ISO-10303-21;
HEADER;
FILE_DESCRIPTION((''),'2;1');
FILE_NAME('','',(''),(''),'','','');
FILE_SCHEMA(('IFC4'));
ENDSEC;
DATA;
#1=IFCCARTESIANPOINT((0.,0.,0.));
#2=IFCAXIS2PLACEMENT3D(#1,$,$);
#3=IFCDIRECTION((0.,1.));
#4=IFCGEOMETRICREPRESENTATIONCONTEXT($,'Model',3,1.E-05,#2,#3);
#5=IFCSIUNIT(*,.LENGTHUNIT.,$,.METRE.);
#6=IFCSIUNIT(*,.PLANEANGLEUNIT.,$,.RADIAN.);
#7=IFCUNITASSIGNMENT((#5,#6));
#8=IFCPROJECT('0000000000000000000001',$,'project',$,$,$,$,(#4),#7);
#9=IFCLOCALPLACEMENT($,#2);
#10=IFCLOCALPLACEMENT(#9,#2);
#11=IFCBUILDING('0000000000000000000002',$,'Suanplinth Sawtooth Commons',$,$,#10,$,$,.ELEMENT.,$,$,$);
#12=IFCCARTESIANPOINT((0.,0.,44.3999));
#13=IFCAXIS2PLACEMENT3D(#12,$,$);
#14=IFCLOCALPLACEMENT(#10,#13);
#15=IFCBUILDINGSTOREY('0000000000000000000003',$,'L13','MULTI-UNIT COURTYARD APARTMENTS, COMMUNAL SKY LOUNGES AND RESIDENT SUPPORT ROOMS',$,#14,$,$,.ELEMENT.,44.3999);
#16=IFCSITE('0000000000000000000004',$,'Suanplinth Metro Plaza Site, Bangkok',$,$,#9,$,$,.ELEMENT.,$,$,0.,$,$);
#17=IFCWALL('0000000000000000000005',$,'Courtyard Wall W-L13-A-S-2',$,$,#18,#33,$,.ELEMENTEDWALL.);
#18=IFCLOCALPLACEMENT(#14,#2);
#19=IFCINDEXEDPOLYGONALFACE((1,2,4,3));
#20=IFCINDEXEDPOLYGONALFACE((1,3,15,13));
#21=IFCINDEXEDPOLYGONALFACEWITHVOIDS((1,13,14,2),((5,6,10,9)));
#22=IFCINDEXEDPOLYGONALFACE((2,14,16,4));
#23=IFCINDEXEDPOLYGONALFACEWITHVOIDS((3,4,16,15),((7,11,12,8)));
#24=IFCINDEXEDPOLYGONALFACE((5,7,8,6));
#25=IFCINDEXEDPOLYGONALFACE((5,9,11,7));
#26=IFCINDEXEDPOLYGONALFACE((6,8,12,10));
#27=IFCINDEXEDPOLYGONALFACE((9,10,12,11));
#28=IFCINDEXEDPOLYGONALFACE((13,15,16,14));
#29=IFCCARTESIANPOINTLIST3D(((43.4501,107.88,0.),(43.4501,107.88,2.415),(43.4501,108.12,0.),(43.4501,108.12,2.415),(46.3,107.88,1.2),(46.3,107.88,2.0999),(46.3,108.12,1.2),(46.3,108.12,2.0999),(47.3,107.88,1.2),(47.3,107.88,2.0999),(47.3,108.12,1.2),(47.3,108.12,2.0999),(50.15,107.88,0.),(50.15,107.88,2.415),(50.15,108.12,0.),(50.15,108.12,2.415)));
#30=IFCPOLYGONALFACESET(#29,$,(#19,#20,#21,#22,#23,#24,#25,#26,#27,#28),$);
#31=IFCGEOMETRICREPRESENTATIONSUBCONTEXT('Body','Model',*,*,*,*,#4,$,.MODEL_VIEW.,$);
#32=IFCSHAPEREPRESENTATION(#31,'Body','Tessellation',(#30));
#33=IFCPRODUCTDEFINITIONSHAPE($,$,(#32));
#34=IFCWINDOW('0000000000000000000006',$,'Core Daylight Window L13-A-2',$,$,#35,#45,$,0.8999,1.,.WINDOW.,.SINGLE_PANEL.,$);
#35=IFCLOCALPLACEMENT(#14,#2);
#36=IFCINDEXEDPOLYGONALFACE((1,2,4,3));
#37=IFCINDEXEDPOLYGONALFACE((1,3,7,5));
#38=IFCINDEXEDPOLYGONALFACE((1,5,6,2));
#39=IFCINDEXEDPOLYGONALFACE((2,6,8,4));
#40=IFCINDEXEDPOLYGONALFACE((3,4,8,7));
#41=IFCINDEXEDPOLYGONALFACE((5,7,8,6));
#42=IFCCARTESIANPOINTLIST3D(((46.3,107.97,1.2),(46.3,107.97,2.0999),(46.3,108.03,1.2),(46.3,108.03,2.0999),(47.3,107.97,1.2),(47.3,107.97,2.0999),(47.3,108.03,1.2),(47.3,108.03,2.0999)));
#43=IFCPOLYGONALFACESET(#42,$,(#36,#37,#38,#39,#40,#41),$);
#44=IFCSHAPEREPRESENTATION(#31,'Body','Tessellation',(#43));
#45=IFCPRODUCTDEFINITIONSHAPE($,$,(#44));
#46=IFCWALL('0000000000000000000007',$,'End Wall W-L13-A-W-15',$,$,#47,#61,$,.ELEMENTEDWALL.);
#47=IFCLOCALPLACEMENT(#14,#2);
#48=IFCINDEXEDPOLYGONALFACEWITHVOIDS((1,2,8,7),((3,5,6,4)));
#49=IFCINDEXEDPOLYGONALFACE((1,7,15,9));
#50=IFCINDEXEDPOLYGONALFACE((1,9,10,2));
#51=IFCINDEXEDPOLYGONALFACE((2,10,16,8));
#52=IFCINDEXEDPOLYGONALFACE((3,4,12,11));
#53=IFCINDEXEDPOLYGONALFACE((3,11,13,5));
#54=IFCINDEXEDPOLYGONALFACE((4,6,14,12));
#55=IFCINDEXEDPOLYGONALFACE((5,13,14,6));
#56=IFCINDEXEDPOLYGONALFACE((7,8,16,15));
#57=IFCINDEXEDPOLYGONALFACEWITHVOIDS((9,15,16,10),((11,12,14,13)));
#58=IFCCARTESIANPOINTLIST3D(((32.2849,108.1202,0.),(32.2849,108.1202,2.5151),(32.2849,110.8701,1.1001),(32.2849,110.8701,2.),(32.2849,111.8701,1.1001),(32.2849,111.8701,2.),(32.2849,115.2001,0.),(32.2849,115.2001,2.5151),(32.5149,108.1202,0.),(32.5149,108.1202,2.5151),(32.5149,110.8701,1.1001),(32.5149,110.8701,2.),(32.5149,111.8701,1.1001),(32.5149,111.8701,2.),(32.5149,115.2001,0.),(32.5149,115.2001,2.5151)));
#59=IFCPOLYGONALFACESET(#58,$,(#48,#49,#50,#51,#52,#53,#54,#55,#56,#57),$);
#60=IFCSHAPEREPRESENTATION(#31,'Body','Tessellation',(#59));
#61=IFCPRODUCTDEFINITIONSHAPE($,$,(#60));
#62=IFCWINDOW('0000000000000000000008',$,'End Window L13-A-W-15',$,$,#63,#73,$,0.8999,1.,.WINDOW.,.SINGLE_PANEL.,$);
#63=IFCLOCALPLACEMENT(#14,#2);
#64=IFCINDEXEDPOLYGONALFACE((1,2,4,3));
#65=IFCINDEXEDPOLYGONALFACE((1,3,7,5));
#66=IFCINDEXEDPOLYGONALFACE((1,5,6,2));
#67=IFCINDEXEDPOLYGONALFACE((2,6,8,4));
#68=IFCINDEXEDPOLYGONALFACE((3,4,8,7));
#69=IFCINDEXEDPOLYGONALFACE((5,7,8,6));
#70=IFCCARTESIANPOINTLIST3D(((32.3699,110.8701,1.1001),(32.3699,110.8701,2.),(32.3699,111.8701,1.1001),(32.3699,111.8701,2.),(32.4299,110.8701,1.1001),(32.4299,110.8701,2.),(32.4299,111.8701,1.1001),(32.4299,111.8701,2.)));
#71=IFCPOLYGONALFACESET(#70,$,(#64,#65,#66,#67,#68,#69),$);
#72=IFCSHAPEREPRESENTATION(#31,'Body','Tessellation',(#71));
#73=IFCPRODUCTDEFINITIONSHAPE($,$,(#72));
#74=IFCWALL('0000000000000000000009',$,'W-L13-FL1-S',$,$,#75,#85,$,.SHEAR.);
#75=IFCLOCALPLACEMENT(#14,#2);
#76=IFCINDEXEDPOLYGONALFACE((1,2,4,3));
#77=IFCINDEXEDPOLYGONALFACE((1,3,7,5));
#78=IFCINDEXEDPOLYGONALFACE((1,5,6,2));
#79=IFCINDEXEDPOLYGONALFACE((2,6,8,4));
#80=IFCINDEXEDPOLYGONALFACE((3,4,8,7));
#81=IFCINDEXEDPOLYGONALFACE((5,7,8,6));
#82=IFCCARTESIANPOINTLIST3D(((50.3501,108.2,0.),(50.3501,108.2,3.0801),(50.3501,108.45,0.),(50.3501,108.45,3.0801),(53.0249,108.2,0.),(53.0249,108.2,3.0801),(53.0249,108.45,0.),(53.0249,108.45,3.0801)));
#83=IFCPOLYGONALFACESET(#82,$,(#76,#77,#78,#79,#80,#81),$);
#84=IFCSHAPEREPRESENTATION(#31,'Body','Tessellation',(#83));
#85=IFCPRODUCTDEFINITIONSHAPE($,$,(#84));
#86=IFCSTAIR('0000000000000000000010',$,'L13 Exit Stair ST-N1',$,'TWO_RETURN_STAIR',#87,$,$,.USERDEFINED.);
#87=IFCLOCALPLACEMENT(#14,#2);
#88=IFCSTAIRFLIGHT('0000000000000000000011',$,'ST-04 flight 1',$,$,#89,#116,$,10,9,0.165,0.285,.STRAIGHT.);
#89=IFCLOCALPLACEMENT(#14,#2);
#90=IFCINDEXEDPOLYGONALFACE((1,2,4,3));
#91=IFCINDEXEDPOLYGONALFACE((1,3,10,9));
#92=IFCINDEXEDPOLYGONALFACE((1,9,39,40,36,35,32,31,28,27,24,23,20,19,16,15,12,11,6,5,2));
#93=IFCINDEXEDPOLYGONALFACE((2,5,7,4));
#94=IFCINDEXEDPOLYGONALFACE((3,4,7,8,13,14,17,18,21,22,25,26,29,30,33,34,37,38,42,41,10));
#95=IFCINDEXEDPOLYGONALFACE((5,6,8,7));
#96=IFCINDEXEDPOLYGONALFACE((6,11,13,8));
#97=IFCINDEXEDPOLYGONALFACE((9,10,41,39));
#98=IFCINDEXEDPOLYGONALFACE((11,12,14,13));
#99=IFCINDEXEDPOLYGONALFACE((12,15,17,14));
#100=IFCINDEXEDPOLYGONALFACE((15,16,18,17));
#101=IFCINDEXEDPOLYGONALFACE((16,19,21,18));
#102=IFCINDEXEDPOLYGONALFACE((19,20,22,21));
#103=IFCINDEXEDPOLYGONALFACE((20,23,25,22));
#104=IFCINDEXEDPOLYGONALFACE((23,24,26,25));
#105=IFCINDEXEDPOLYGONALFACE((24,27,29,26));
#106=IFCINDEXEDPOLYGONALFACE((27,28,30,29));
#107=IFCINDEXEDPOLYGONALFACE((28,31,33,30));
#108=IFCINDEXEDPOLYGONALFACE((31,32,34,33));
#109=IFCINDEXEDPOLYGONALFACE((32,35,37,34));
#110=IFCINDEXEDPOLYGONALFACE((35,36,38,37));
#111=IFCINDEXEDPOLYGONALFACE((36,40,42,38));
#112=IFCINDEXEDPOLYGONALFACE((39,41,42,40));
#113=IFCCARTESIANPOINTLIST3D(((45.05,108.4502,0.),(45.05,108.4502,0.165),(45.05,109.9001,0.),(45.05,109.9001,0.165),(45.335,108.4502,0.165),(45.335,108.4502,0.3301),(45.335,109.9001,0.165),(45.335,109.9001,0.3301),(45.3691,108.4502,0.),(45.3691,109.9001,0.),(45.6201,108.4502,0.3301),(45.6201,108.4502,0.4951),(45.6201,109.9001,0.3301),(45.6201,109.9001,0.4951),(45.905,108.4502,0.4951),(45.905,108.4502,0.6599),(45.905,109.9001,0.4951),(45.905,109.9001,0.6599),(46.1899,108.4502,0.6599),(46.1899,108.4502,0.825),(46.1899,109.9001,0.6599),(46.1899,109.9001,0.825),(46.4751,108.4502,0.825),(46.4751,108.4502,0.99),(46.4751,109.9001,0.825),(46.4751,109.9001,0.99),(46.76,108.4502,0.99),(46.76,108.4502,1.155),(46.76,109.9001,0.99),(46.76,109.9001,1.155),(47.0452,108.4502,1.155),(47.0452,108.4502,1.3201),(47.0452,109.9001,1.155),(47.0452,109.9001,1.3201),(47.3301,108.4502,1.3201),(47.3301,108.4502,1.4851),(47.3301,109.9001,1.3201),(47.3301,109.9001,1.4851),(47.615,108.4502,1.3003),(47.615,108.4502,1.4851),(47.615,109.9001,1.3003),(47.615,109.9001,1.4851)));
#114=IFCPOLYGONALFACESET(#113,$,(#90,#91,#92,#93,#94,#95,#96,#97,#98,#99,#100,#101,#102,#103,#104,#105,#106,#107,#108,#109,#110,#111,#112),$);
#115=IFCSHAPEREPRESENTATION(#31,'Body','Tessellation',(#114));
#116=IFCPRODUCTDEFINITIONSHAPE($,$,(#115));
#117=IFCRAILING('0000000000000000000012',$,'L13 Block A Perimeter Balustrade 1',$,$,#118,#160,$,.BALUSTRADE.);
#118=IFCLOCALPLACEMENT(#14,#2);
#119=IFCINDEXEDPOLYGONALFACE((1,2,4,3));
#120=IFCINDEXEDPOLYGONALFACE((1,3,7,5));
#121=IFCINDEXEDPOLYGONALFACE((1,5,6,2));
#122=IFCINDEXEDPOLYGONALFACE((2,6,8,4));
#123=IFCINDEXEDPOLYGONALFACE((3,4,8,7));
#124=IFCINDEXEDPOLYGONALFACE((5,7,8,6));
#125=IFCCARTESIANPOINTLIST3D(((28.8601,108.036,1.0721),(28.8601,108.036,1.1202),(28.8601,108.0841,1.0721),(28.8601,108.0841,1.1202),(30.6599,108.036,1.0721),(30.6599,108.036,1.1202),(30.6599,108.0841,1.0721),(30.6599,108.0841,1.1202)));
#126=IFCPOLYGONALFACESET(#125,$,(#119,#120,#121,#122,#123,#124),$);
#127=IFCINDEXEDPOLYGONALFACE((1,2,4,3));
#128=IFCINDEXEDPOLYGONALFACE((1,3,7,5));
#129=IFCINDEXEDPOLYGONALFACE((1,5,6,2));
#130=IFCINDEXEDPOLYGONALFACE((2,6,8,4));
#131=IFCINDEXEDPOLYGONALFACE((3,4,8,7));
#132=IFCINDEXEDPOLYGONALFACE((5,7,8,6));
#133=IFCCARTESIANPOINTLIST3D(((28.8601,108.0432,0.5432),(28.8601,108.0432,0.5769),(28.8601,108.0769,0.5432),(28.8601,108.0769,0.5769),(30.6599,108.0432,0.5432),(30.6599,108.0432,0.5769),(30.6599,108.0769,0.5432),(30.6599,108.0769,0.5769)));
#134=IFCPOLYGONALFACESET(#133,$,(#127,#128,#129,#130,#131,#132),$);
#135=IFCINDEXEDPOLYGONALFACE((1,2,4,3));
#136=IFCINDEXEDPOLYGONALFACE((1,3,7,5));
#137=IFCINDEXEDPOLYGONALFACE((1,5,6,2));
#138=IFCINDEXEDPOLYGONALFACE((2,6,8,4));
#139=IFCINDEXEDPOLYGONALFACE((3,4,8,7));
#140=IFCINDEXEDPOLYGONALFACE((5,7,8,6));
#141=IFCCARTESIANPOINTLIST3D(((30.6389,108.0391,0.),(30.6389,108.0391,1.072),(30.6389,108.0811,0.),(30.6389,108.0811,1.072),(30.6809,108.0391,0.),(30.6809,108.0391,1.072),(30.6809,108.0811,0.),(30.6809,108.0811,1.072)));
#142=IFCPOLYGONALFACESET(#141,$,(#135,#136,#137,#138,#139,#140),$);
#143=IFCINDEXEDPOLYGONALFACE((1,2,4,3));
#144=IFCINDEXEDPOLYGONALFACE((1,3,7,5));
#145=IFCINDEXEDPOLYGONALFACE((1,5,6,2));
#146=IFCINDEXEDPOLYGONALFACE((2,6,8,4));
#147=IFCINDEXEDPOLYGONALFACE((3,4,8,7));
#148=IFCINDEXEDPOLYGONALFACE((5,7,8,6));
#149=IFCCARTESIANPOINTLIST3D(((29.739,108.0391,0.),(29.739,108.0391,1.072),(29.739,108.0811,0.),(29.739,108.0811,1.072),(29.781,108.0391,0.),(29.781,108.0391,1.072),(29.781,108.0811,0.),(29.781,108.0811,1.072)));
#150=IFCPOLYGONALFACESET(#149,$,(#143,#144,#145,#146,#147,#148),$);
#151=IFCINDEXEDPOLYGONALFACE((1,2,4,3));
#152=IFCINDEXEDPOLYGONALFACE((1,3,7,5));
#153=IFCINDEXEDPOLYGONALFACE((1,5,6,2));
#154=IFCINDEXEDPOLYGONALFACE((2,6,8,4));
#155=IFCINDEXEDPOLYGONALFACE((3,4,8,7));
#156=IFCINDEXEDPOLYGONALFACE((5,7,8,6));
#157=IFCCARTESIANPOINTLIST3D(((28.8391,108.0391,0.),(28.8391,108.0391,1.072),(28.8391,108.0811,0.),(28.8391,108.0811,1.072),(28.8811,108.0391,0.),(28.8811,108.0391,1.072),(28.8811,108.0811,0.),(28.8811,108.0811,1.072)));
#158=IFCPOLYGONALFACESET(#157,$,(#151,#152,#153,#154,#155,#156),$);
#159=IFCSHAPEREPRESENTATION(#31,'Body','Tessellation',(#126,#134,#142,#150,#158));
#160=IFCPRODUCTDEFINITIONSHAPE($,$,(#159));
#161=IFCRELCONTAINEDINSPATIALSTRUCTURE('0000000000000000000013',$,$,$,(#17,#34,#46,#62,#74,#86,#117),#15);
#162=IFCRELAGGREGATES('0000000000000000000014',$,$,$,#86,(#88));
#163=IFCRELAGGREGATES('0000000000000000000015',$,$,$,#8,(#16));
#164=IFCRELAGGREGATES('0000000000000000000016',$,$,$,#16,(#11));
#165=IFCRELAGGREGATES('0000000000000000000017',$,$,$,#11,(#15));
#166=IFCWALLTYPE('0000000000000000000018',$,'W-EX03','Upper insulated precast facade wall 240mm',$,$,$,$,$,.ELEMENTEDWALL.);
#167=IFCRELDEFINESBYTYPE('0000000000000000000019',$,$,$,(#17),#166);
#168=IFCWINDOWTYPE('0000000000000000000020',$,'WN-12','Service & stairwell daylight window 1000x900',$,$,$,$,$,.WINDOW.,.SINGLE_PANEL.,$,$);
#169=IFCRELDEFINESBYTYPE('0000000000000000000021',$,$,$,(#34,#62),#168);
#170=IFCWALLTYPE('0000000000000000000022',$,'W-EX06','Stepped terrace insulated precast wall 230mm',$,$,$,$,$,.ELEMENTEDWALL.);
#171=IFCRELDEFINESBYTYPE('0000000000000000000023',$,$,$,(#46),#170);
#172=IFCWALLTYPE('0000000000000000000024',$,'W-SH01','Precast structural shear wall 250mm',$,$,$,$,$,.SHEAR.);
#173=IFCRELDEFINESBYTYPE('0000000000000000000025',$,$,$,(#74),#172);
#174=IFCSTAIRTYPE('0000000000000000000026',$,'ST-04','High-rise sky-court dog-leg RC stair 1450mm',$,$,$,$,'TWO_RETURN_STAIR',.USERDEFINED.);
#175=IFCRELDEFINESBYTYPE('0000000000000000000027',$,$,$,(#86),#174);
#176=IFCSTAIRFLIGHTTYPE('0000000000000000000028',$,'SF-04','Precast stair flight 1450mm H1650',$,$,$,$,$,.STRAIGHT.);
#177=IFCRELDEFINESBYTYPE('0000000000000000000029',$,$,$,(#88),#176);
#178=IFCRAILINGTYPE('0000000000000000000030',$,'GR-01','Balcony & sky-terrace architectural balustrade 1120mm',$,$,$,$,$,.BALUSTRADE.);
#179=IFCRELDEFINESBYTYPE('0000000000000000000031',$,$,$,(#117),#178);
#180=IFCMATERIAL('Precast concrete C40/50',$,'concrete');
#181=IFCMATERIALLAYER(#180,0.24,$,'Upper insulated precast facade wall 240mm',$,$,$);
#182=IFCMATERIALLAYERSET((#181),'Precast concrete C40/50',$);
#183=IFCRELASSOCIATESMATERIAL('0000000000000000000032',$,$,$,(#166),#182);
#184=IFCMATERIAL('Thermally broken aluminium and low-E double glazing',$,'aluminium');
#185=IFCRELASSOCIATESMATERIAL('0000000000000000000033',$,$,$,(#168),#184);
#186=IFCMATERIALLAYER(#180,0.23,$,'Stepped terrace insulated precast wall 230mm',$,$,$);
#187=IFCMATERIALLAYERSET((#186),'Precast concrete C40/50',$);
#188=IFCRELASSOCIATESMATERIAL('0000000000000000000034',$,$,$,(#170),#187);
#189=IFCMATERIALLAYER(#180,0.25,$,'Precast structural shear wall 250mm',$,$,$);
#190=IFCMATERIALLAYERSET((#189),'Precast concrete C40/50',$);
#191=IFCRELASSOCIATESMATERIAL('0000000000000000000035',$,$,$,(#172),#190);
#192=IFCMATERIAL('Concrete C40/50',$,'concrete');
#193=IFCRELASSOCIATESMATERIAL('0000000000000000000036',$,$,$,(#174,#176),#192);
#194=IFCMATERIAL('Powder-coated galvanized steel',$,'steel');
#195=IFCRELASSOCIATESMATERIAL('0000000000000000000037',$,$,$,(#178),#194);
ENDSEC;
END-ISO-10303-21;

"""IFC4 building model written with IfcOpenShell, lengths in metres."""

from ifc_helpers import new_model, si_unit, direction, frame, frame_2d, origin, origin_2d, place, context, subcontext, project, spatial, polyline, rectangle, outline, extrude, material, layer, layer_set, type_object, element, fill, aggregate, save


model = new_model("IFC4")

# Units and contexts
model_context = context("Model", 3, precision=1e-05, world=origin(), true_north=direction((0.0, 1.0)))
body_context = subcontext(model_context, "Body", "Model", "MODEL_VIEW")
ifc_project = project(units=[si_unit("LENGTHUNIT", "METRE"), si_unit("PLANEANGLEUNIT", "RADIAN")], contexts=[model_context])

# Site, building, storey
site_placement = place(None, origin())
site = spatial("IfcSite", under=ifc_project, at=site_placement, Name="Suanplinth Metro Plaza Site, Bangkok", CompositionType="ELEMENT", RefElevation=0.0)
building_placement = place(site_placement, origin())
building = spatial("IfcBuilding", under=site, at=building_placement, Name="Suanplinth Sawtooth Commons", CompositionType="ELEMENT")
storey_placement = place(building_placement, frame((0.0, 0.0, 44.3999)))
storey = spatial("IfcBuildingStorey", under=building, at=storey_placement, Name="L13", Description="MULTI-UNIT COURTYARD APARTMENTS, COMMUNAL SKY LOUNGES AND RESIDENT SUPPORT ROOMS", CompositionType="ELEMENT", Elevation=44.3999)

# Shared definitions
ifc_material_1 = material(Name="Precast concrete C40/50", Category="concrete")

# Shared definitions
ifc_material_2 = material(Name="Concrete C40/50", Category="concrete")

# Walls, openings, windows
ifc_layer_1 = layer(ifc_material_1, 0.24, Name="Upper insulated precast facade wall 240mm")
ifc_layer_set_1 = layer_set([ifc_layer_1], Name="Precast concrete C40/50")
wall_type_1 = type_object("IfcWallType", Name="W-EX03", Description="Upper insulated precast facade wall 240mm", PredefinedType="ELEMENTEDWALL", material=ifc_layer_set_1)
wall_1_placement = place(storey_placement, frame((43.45, 108.0, 0.0), z_axis=(0.0, 0.0, 1.0), x_axis=(1.0, 0.0, 0.0)))
wall_1 = element("IfcWall", 1, at=wall_1_placement, inside=storey, type_object=wall_type_1, Name="Courtyard Wall W-L13-A-S-2", PredefinedType="ELEMENTEDWALL", context=body_context, shape_type="SweptSolid", body=[
    extrude(rectangle(XDim=6.7, YDim=0.24, at=frame_2d((3.3501, 0.0))), origin(), (0.0, 0.0, 1.0), 2.415),
])
opening_1_placement = place(wall_1_placement, frame((2.8501, 0.0, 1.2)))
opening_1 = element("IfcOpeningElement", 2, at=opening_1_placement, cuts=wall_1, PredefinedType="OPENING", context=body_context, shape_type="SweptSolid", body=[
    extrude(rectangle(XDim=1.0, YDim=0.8999, at=frame_2d((0.5, 0.45))), frame((0.0, 0.1348, 0.0), z_axis=(0.0, -1.0, 0.0), x_axis=(1.0, 0.0, 0.0)), (0.0, 0.0, 1.0), 0.2698),
])
ifc_material_3 = material(Name="Thermally broken aluminium and low-E double glazing", Category="aluminium")
window_type = type_object("IfcWindowType", Name="WN-12", Description="Service & stairwell daylight window 1000x900", PartitioningType="SINGLE_PANEL", PredefinedType="WINDOW", material=ifc_material_3)
window_1_placement = place(opening_1_placement, origin())
window_1 = element("IfcWindow", 3, at=window_1_placement, inside=storey, type_object=window_type, Name="Core Daylight Window L13-A-2", OverallHeight=0.8999, OverallWidth=1.0, PartitioningType="SINGLE_PANEL", PredefinedType="WINDOW", context=body_context, shape_type="SweptSolid", body=[
    extrude(rectangle(XDim=1.0, YDim=0.8999, at=frame_2d((0.5, 0.45))), frame((0.0, 0.03, 0.0), z_axis=(0.0, -1.0, 0.0), x_axis=(1.0, 0.0, 0.0)), (0.0, 0.0, 1.0), 0.0601),
])
fill(opening_1, window_1)
ifc_layer_2 = layer(ifc_material_1, 0.23, Name="Stepped terrace insulated precast wall 230mm")
ifc_layer_set_2 = layer_set([ifc_layer_2], Name="Precast concrete C40/50")
wall_type_2 = type_object("IfcWallType", Name="W-EX06", Description="Stepped terrace insulated precast wall 230mm", PredefinedType="ELEMENTEDWALL", material=ifc_layer_set_2)
wall_2_placement = place(storey_placement, frame((32.3999, 108.1201, 0.0), z_axis=(0.0, 0.0, 1.0), x_axis=(0.0, 1.0, 0.0)))
wall_2 = element("IfcWall", 4, at=wall_2_placement, inside=storey, type_object=wall_type_2, Name="End Wall W-L13-A-W-15", PredefinedType="ELEMENTEDWALL", context=body_context, shape_type="SweptSolid", body=[
    extrude(rectangle(XDim=7.0798, YDim=0.23, at=frame_2d((3.54, 0.0))), origin(), (0.0, 0.0, 1.0), 2.5151),
])
opening_2_placement = place(wall_2_placement, frame((2.75, 0.0, 1.1001)))
opening_2 = element("IfcOpeningElement", 5, at=opening_2_placement, cuts=wall_2, PredefinedType="OPENING", context=body_context, shape_type="SweptSolid", body=[
    extrude(rectangle(XDim=1.0, YDim=0.8999, at=frame_2d((0.5, 0.45))), frame((0.0, 0.1299, 0.0), z_axis=(0.0, -1.0, 0.0), x_axis=(1.0, 0.0, 0.0)), (0.0, 0.0, 1.0), 0.2598),
])
window_2_placement = place(opening_2_placement, origin())
window_2 = element("IfcWindow", 6, at=window_2_placement, inside=storey, type_object=window_type, Name="End Window L13-A-W-15", OverallHeight=0.8999, OverallWidth=1.0, PartitioningType="SINGLE_PANEL", PredefinedType="WINDOW", context=body_context, shape_type="SweptSolid", body=[
    extrude(rectangle(XDim=1.0, YDim=0.8999, at=frame_2d((0.5, 0.45))), frame((0.0, 0.03, 0.0), z_axis=(0.0, -1.0, 0.0), x_axis=(1.0, 0.0, 0.0)), (0.0, 0.0, 1.0), 0.0601),
])
fill(opening_2, window_2)

# Wall
ifc_layer_3 = layer(ifc_material_1, 0.25, Name="Precast structural shear wall 250mm")
ifc_layer_set_3 = layer_set([ifc_layer_3], Name="Precast concrete C40/50")
wall_type_3 = type_object("IfcWallType", Name="W-SH01", Description="Precast structural shear wall 250mm", PredefinedType="SHEAR", material=ifc_layer_set_3)
wall_3_placement = place(storey_placement, frame((50.3501, 108.325, 0.0), z_axis=(0.0, 0.0, 1.0), x_axis=(1.0, 0.0, 0.0)))
element("IfcWall", 7, at=wall_3_placement, inside=storey, type_object=wall_type_3, Name="W-L13-FL1-S", PredefinedType="SHEAR", context=body_context, shape_type="SweptSolid", body=[
    extrude(rectangle(XDim=2.6748, YDim=0.25, at=frame_2d((1.3374, 0.0))), origin(), (0.0, 0.0, 1.0), 3.0801),
])

# Stair, stair flight
stair_type = type_object("IfcStairType", Name="ST-04", Description="High-rise sky-court dog-leg RC stair 1450mm", ElementType="TWO_RETURN_STAIR", PredefinedType="USERDEFINED", material=ifc_material_2)
stair_placement = place(storey_placement, origin())
stair = element("IfcStair", 8, at=stair_placement, inside=storey, type_object=stair_type, Name="L13 Exit Stair ST-N1", ObjectType="TWO_RETURN_STAIR", PredefinedType="USERDEFINED")
stair_flight_type = type_object("IfcStairFlightType", Name="SF-04", Description="Precast stair flight 1450mm H1650", PredefinedType="STRAIGHT", material=ifc_material_2)
stair_flight_placement = place(storey_placement, frame((45.05, 109.175, 0.0), z_axis=(0.0, 0.0, 1.0), x_axis=(1.0, 0.0, 0.0)))
stair_flight = element("IfcStairFlight", 9, at=stair_flight_placement, type_object=stair_flight_type, Name="ST-04 flight 1", NumberOfRisers=10, NumberOfTreads=9, PredefinedType="STRAIGHT", RiserHeight=0.165, TreadLength=0.285, context=body_context, shape_type="SweptSolid", body=[
    extrude(outline(polyline([(0.0, 0.0), (0.0, 0.165), (0.2849, 0.165), (0.2849, 0.3301), (0.5701, 0.3301), (0.5701, 0.4951), (0.855, 0.4951), (0.855, 0.6599), (1.1399, 0.6599), (1.1399, 0.825), (1.425, 0.825), (1.425, 0.99), (1.71, 0.99), (1.71, 1.155), (1.9951, 1.155), (1.9951, 1.3201), (2.28, 1.3201), (2.28, 1.4851), (2.5649, 1.4851), (2.5649, 1.6499), (2.5649, 1.3003), (0.3191, 0.0), (0.0, 0.0)])), frame((0.0, 0.7251, 0.0), z_axis=(0.0, -1.0, 0.0), x_axis=(1.0, 0.0, 0.0)), (0.0, 0.0, 1.0), 1.45),
])
aggregate(stair, [stair_flight])

# Railing
ifc_material_4 = material(Name="Powder-coated galvanized steel", Category="steel")
railing_type_1 = type_object("IfcRailingType", Name="GR-01", Description="Balcony & sky-terrace architectural balustrade 1120mm", PredefinedType="BALUSTRADE", material=ifc_material_4)
railing_1_placement = place(storey_placement, frame((30.6599, 108.0601, 0.0)))
element("IfcRailing", 10, at=railing_1_placement, inside=storey, type_object=railing_type_1, Name="L13 Block A Perimeter Balustrade 1", PredefinedType="BALUSTRADE", context=body_context, shape_type="SweptSolid", body=[
    extrude(rectangle(XDim=0.0481, YDim=0.0481, at=origin_2d()), frame((0.0, 0.0, 1.0962), z_axis=(-1.0, 0.0, 0.0), x_axis=(0.0, -1.0, 0.0)), (0.0, 0.0, 1.0), 1.7998),
    extrude(rectangle(XDim=0.0337, YDim=0.0337, at=origin_2d()), frame((0.0, 0.0, 0.5601), z_axis=(-1.0, 0.0, 0.0), x_axis=(0.0, -1.0, 0.0)), (0.0, 0.0, 1.0), 1.7998),
    extrude(rectangle(XDim=0.042, YDim=0.042, at=origin_2d()), origin(), (0.0, 0.0, 1.0), 1.072),
    extrude(rectangle(XDim=0.042, YDim=0.042, at=origin_2d()), frame((-0.8999, 0.0, 0.0)), (0.0, 0.0, 1.0), 1.072),
    extrude(rectangle(XDim=0.042, YDim=0.042, at=origin_2d()), frame((-1.7998, 0.0, 0.0)), (0.0, 0.0, 1.0), 1.072),
])

save(model, "model.ifc")
